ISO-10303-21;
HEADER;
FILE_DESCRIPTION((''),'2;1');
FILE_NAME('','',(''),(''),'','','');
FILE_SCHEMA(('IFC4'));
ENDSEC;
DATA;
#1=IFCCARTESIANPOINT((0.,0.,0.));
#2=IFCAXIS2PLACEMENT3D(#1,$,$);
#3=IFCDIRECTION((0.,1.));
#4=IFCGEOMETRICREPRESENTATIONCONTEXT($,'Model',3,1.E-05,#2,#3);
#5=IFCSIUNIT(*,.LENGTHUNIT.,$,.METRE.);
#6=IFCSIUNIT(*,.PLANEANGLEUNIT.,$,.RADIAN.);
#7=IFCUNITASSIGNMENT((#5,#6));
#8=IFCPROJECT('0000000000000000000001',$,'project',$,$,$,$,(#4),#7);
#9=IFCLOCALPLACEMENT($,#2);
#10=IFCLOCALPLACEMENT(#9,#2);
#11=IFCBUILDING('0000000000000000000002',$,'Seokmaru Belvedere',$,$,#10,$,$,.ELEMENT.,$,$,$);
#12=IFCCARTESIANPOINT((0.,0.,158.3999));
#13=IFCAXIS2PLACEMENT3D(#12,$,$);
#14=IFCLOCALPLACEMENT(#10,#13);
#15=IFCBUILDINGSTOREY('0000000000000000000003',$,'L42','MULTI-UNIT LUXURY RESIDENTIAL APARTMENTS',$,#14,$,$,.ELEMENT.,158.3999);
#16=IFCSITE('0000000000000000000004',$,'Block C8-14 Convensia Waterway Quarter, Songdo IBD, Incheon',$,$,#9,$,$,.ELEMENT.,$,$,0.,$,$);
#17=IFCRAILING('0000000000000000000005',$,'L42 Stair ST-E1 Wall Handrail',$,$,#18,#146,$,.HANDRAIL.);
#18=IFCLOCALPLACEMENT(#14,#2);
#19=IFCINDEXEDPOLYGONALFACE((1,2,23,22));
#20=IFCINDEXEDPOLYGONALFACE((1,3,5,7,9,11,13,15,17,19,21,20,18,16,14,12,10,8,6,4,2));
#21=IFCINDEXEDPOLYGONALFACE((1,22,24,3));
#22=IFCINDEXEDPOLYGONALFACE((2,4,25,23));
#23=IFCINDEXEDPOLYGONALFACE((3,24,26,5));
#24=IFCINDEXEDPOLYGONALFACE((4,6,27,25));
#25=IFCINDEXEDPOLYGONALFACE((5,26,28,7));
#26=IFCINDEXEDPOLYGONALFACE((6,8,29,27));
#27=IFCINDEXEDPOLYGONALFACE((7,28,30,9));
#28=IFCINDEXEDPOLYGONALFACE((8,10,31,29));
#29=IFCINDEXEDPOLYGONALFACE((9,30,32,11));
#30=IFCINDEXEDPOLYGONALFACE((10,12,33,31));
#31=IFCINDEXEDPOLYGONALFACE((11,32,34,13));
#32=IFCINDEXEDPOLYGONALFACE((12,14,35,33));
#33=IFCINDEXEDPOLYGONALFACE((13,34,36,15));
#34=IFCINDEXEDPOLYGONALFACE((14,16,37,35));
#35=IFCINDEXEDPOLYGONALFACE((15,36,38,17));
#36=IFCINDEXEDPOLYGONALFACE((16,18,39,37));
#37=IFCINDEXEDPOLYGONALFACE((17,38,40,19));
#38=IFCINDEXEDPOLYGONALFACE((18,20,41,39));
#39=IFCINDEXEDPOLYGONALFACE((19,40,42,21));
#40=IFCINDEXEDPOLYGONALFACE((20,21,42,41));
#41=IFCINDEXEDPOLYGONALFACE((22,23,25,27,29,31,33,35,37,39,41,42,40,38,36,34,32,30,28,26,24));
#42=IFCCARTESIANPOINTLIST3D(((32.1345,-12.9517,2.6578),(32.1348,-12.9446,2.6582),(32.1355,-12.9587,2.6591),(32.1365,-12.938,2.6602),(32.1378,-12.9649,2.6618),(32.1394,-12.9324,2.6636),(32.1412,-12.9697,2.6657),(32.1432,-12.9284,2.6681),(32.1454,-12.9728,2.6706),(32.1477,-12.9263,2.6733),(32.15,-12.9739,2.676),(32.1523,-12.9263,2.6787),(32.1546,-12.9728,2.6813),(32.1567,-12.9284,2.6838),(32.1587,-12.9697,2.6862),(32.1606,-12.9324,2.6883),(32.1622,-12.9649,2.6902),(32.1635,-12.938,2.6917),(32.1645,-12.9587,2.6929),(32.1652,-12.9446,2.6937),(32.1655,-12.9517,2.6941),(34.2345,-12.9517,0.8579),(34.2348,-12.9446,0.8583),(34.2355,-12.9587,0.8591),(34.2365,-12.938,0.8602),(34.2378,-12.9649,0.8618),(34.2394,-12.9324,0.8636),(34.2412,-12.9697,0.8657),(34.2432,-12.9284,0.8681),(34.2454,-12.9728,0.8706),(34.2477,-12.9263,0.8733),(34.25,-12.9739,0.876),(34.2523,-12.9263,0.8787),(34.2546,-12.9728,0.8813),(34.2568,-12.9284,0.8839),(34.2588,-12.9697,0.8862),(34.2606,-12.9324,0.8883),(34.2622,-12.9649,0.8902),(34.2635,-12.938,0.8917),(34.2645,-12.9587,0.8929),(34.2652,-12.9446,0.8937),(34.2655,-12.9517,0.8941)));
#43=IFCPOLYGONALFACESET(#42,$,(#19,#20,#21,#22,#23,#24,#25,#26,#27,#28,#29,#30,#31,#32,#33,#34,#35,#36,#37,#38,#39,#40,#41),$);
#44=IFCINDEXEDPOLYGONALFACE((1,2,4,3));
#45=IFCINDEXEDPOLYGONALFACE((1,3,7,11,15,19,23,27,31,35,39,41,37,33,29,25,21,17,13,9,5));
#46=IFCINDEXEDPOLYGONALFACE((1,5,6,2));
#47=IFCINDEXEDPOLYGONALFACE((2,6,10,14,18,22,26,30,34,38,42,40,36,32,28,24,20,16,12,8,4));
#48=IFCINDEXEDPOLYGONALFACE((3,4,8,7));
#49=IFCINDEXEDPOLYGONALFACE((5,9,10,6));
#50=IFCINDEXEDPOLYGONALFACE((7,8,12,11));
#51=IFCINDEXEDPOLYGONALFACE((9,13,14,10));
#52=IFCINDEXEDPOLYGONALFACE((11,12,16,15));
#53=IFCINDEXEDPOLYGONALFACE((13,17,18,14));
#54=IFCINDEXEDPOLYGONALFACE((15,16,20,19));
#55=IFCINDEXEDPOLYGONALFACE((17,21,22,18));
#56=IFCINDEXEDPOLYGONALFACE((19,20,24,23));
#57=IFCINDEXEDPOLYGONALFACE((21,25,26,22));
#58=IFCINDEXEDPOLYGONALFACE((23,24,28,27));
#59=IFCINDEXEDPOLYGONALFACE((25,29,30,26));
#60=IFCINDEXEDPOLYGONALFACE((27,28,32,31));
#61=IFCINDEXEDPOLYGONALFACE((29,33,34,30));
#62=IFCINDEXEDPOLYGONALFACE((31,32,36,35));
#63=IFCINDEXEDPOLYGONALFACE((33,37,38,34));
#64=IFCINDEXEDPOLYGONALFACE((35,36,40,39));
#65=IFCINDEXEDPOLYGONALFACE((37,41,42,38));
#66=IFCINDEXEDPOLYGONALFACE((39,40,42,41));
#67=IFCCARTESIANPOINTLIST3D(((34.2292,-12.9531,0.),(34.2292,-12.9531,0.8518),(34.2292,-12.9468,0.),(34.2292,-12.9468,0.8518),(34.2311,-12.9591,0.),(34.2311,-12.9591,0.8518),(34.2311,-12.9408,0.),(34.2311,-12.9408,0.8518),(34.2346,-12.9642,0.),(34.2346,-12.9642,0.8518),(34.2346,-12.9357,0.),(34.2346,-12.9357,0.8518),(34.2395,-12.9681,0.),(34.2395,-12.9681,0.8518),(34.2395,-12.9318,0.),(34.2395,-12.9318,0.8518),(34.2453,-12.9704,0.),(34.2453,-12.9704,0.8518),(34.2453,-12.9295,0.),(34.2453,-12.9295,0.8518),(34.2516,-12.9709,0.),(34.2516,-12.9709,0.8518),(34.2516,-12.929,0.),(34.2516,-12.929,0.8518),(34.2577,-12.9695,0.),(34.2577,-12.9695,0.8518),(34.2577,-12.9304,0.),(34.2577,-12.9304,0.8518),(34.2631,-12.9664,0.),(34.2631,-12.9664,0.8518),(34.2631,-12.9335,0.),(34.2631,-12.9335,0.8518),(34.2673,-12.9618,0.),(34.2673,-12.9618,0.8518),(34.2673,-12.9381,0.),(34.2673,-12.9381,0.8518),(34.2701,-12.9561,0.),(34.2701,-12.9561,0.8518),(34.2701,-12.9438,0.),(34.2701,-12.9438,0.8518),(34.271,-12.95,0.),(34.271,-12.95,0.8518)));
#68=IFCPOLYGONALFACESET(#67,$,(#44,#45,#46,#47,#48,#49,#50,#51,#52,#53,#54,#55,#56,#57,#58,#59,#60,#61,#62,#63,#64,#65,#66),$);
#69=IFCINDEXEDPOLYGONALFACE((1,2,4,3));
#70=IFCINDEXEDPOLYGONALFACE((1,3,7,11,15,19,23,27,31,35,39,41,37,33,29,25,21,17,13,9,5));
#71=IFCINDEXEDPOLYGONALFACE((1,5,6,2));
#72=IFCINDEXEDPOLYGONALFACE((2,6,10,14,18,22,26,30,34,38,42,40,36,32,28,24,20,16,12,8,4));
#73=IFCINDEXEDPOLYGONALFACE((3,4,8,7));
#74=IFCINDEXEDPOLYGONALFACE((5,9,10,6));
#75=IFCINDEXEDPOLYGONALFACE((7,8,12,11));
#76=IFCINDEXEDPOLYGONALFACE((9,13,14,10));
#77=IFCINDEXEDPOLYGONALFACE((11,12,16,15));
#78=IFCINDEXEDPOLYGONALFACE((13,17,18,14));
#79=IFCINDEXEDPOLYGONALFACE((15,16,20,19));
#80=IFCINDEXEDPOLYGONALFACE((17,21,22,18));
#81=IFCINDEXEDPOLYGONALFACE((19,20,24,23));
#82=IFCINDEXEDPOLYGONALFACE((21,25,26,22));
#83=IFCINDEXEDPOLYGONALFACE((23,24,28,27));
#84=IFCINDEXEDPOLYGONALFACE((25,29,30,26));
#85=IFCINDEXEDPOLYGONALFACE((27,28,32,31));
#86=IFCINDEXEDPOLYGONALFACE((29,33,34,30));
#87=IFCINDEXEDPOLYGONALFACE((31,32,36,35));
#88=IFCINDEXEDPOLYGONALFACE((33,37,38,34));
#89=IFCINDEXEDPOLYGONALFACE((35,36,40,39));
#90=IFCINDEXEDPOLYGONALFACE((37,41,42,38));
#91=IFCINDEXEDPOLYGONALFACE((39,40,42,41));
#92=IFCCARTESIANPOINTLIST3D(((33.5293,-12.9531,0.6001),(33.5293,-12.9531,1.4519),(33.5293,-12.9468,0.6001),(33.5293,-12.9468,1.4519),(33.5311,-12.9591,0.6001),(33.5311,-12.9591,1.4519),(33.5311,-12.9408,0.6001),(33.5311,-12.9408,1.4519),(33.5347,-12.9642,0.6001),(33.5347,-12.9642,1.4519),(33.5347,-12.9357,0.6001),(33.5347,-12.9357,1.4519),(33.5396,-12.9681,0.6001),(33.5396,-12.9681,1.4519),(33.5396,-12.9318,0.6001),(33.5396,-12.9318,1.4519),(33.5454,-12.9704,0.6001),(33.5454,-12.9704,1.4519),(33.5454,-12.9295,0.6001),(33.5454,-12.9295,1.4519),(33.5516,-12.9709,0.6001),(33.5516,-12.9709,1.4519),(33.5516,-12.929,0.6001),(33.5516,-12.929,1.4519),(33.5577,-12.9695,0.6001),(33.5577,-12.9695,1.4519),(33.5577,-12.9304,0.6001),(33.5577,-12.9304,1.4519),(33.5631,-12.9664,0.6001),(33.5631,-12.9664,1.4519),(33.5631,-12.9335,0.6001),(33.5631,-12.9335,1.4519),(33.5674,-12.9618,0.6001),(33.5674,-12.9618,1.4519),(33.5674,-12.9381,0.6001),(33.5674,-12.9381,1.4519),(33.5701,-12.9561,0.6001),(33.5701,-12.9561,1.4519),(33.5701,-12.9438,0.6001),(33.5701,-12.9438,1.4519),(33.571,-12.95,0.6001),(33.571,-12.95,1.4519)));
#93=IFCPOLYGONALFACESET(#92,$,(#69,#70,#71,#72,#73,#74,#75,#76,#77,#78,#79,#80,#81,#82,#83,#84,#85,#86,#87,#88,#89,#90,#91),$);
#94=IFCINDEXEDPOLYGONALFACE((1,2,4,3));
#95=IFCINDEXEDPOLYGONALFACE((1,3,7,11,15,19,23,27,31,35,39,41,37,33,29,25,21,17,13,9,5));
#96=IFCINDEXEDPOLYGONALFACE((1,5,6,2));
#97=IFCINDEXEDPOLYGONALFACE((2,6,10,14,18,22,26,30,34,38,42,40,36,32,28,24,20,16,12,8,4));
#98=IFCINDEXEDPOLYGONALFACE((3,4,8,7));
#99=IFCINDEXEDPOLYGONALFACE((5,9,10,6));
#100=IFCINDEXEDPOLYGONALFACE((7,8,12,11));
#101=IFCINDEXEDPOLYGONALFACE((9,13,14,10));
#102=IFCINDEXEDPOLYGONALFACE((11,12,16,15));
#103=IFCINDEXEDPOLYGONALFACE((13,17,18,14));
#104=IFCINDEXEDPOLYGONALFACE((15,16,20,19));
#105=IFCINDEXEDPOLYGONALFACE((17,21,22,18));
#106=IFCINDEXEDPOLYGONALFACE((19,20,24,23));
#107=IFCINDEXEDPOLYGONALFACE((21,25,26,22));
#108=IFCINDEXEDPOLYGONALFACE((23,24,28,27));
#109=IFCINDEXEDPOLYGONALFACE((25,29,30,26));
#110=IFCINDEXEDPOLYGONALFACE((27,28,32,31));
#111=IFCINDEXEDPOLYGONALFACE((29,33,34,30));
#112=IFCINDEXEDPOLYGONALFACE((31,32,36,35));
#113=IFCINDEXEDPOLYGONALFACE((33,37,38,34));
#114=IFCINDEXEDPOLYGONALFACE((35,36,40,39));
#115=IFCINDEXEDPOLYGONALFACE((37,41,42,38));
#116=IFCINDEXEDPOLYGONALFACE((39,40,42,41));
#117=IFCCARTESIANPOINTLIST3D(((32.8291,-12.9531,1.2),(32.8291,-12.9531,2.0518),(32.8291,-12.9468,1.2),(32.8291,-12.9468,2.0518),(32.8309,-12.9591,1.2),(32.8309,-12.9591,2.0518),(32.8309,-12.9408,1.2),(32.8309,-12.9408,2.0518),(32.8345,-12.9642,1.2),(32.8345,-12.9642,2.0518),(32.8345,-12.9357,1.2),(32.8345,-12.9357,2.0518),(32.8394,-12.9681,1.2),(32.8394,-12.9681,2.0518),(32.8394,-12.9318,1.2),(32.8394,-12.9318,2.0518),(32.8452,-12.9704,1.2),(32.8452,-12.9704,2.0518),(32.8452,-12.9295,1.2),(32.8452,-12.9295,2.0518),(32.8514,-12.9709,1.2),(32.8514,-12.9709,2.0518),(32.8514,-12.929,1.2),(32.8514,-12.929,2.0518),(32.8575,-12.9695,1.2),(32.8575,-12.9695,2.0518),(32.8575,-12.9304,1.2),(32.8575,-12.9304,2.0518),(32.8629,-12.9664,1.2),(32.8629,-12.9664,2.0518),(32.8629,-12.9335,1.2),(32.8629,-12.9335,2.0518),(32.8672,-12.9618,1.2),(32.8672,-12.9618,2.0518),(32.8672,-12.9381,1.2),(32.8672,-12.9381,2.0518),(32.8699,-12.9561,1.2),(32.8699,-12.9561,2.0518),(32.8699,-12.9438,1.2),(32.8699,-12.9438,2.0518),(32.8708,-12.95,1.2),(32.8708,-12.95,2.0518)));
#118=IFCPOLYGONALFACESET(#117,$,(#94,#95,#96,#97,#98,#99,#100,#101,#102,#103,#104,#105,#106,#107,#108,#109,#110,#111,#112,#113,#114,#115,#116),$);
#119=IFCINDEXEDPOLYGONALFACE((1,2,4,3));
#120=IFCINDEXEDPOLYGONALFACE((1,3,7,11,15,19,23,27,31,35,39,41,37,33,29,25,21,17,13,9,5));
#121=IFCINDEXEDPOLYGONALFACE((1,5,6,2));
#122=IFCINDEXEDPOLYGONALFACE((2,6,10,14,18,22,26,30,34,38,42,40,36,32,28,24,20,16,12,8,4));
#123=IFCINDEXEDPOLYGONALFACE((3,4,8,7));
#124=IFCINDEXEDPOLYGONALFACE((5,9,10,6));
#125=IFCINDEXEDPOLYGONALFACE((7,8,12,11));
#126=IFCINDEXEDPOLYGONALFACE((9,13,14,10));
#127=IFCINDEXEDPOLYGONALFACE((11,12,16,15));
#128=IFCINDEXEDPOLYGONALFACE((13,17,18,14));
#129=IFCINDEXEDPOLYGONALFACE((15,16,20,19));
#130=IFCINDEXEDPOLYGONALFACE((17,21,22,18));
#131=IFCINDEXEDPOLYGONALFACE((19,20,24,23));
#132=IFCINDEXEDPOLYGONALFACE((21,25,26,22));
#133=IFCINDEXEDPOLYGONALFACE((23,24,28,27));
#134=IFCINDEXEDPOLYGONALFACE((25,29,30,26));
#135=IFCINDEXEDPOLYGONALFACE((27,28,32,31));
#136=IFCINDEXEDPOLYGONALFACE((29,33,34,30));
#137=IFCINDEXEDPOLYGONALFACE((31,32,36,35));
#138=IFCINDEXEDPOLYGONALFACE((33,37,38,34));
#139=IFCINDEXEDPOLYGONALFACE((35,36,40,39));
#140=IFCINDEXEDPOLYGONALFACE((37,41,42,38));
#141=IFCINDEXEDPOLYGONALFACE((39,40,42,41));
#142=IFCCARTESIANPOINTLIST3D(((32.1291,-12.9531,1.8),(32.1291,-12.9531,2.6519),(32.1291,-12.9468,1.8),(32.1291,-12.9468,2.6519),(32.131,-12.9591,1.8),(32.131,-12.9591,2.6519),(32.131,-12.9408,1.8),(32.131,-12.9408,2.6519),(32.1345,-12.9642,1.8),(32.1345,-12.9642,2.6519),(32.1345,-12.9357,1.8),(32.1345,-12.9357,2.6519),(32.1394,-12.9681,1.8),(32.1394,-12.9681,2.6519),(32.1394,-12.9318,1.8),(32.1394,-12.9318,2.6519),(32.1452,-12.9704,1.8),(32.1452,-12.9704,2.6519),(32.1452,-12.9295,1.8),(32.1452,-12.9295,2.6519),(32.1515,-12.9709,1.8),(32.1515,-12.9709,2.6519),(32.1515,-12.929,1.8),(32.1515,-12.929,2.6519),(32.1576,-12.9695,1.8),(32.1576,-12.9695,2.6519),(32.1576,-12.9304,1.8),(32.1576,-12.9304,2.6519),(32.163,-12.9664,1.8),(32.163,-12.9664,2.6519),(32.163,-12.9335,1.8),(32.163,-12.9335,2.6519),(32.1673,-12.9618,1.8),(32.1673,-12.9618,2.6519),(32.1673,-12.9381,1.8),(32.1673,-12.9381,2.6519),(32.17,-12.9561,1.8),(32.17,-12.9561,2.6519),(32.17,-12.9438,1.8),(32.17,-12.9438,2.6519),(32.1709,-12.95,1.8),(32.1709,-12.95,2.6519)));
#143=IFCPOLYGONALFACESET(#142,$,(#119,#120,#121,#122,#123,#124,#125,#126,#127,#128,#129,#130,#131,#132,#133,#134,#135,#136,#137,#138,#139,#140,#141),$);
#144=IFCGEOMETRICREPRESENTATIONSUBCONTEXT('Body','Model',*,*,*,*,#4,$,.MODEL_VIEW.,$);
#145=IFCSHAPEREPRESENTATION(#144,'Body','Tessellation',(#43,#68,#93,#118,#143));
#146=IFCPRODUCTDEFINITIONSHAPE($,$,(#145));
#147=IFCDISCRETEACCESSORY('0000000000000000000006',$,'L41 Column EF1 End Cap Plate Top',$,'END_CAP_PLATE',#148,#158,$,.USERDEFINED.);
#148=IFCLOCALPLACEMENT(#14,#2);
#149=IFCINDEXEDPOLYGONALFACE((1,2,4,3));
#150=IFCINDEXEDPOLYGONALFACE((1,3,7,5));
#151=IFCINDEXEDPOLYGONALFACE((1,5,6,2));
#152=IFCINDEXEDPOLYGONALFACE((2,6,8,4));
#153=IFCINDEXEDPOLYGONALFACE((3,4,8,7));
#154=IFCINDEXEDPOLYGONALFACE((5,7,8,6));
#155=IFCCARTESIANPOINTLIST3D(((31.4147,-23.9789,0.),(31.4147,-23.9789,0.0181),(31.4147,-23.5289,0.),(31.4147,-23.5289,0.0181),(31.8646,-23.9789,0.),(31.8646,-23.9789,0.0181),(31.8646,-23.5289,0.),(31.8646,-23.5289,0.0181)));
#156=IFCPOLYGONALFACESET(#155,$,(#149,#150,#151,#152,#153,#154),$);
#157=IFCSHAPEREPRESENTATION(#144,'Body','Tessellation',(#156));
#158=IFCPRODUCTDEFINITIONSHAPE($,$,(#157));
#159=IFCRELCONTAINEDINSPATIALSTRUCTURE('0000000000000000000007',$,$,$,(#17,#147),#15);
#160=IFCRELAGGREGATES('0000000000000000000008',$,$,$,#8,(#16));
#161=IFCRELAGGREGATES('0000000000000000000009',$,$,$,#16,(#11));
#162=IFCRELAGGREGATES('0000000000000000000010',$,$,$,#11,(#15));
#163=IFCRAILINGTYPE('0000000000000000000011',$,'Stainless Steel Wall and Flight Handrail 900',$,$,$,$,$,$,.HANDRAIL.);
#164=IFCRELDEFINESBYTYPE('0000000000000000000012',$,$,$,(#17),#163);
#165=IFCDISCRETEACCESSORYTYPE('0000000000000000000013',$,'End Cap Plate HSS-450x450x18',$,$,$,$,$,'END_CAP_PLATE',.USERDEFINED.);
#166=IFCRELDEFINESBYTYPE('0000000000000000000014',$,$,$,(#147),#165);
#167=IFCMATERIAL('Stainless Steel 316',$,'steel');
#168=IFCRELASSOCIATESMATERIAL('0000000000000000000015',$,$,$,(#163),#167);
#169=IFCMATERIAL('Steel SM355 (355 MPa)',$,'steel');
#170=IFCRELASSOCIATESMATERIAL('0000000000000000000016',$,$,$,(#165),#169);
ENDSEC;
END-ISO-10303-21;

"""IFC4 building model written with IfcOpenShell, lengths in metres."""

from ifc_helpers import new_model, si_unit, direction, frame, origin, origin_2d, place, context, subcontext, project, spatial, rectangle, circle, extrude, source, transform, mapped, material, type_object, type_shapes, element, save


model = new_model("IFC4")

# Units and contexts
model_context = context("Model", 3, precision=1e-05, world=origin(), true_north=direction((0.0, 1.0)))
body_context = subcontext(model_context, "Body", "Model", "MODEL_VIEW")
ifc_project = project(units=[si_unit("LENGTHUNIT", "METRE"), si_unit("PLANEANGLEUNIT", "RADIAN")], contexts=[model_context])

# Site, building, storey
site_placement = place(None, origin())
site = spatial("IfcSite", under=ifc_project, at=site_placement, Name="Block C8-14 Convensia Waterway Quarter, Songdo IBD, Incheon", CompositionType="ELEMENT", RefElevation=0.0)
building_placement = place(site_placement, origin())
building = spatial("IfcBuilding", under=site, at=building_placement, Name="Seokmaru Belvedere", CompositionType="ELEMENT")
storey_placement = place(building_placement, frame((0.0, 0.0, 158.3999)))
storey = spatial("IfcBuildingStorey", under=building, at=storey_placement, Name="L42", Description="MULTI-UNIT LUXURY RESIDENTIAL APARTMENTS", CompositionType="ELEMENT", Elevation=158.3999)

# Shared definitions
ifc_material_1 = material(Name="Steel SM355 (355 MPa)", Category="steel")

# Shared definitions
ifc_material_2 = material(Name="Stainless Steel 316", Category="steel")

# Railing
railing_type_1 = type_object("IfcRailingType", Name="Stainless Steel Wall and Flight Handrail 900", PredefinedType="HANDRAIL", material=ifc_material_2)
railing_1_placement = place(storey_placement, frame((34.25, -12.95, 0.0)))
element("IfcRailing", 1, at=railing_1_placement, inside=storey, type_object=railing_type_1, Name="L42 Stair ST-E1 Wall Handrail", PredefinedType="HANDRAIL", context=body_context, shape_type="SweptSolid", body=[
    extrude(circle(Radius=0.0239, at=origin_2d()), frame((0.0, 0.0, 0.876), z_axis=(-0.759263, 0.0, 0.650784), x_axis=(0.0, -1.0, 0.0)), (0.0, 0.0, 1.0), 2.7659),
    extrude(circle(Radius=0.021, at=origin_2d()), origin(), (0.0, 0.0, 1.0), 0.8518),
    extrude(circle(Radius=0.021, at=origin_2d()), frame((-0.7, 0.0, 0.6001)), (0.0, 0.0, 1.0), 0.8518),
    extrude(circle(Radius=0.021, at=origin_2d()), frame((-1.4001, 0.0, 1.2)), (0.0, 0.0, 1.0), 0.8518),
    extrude(circle(Radius=0.021, at=origin_2d()), frame((-2.1001, 0.0, 1.8)), (0.0, 0.0, 1.0), 0.8518),
])

# Discrete accessory
discrete_accessory_type = type_object("IfcDiscreteAccessoryType", Name="End Cap Plate HSS-450x450x18", ElementType="END_CAP_PLATE", PredefinedType="USERDEFINED", material=ifc_material_1)
shared_shape_1 = source(origin(), body_context, "Body", "SweptSolid", [
    extrude(rectangle(XDim=0.45, YDim=0.45, at=origin_2d()), origin(), (0.0, 0.0, 1.0), 0.0181),
])
type_shapes(discrete_accessory_type, [shared_shape_1])
discrete_accessory_placement = place(storey_placement, frame((31.6396, -23.7539, 0.0), z_axis=(0.0, 0.0, 1.0), x_axis=(1.0, 0.0, 0.0)))
element("IfcDiscreteAccessory", 2, at=discrete_accessory_placement, inside=storey, type_object=discrete_accessory_type, Name="L41 Column EF1 End Cap Plate Top", ObjectType="END_CAP_PLATE", PredefinedType="USERDEFINED", context=body_context, shape_type="MappedRepresentation", body=[
    mapped(shared_shape_1, transform((0.0, 0.0, 0.0), scale=1.0)),
])

save(model, "model.ifc")
